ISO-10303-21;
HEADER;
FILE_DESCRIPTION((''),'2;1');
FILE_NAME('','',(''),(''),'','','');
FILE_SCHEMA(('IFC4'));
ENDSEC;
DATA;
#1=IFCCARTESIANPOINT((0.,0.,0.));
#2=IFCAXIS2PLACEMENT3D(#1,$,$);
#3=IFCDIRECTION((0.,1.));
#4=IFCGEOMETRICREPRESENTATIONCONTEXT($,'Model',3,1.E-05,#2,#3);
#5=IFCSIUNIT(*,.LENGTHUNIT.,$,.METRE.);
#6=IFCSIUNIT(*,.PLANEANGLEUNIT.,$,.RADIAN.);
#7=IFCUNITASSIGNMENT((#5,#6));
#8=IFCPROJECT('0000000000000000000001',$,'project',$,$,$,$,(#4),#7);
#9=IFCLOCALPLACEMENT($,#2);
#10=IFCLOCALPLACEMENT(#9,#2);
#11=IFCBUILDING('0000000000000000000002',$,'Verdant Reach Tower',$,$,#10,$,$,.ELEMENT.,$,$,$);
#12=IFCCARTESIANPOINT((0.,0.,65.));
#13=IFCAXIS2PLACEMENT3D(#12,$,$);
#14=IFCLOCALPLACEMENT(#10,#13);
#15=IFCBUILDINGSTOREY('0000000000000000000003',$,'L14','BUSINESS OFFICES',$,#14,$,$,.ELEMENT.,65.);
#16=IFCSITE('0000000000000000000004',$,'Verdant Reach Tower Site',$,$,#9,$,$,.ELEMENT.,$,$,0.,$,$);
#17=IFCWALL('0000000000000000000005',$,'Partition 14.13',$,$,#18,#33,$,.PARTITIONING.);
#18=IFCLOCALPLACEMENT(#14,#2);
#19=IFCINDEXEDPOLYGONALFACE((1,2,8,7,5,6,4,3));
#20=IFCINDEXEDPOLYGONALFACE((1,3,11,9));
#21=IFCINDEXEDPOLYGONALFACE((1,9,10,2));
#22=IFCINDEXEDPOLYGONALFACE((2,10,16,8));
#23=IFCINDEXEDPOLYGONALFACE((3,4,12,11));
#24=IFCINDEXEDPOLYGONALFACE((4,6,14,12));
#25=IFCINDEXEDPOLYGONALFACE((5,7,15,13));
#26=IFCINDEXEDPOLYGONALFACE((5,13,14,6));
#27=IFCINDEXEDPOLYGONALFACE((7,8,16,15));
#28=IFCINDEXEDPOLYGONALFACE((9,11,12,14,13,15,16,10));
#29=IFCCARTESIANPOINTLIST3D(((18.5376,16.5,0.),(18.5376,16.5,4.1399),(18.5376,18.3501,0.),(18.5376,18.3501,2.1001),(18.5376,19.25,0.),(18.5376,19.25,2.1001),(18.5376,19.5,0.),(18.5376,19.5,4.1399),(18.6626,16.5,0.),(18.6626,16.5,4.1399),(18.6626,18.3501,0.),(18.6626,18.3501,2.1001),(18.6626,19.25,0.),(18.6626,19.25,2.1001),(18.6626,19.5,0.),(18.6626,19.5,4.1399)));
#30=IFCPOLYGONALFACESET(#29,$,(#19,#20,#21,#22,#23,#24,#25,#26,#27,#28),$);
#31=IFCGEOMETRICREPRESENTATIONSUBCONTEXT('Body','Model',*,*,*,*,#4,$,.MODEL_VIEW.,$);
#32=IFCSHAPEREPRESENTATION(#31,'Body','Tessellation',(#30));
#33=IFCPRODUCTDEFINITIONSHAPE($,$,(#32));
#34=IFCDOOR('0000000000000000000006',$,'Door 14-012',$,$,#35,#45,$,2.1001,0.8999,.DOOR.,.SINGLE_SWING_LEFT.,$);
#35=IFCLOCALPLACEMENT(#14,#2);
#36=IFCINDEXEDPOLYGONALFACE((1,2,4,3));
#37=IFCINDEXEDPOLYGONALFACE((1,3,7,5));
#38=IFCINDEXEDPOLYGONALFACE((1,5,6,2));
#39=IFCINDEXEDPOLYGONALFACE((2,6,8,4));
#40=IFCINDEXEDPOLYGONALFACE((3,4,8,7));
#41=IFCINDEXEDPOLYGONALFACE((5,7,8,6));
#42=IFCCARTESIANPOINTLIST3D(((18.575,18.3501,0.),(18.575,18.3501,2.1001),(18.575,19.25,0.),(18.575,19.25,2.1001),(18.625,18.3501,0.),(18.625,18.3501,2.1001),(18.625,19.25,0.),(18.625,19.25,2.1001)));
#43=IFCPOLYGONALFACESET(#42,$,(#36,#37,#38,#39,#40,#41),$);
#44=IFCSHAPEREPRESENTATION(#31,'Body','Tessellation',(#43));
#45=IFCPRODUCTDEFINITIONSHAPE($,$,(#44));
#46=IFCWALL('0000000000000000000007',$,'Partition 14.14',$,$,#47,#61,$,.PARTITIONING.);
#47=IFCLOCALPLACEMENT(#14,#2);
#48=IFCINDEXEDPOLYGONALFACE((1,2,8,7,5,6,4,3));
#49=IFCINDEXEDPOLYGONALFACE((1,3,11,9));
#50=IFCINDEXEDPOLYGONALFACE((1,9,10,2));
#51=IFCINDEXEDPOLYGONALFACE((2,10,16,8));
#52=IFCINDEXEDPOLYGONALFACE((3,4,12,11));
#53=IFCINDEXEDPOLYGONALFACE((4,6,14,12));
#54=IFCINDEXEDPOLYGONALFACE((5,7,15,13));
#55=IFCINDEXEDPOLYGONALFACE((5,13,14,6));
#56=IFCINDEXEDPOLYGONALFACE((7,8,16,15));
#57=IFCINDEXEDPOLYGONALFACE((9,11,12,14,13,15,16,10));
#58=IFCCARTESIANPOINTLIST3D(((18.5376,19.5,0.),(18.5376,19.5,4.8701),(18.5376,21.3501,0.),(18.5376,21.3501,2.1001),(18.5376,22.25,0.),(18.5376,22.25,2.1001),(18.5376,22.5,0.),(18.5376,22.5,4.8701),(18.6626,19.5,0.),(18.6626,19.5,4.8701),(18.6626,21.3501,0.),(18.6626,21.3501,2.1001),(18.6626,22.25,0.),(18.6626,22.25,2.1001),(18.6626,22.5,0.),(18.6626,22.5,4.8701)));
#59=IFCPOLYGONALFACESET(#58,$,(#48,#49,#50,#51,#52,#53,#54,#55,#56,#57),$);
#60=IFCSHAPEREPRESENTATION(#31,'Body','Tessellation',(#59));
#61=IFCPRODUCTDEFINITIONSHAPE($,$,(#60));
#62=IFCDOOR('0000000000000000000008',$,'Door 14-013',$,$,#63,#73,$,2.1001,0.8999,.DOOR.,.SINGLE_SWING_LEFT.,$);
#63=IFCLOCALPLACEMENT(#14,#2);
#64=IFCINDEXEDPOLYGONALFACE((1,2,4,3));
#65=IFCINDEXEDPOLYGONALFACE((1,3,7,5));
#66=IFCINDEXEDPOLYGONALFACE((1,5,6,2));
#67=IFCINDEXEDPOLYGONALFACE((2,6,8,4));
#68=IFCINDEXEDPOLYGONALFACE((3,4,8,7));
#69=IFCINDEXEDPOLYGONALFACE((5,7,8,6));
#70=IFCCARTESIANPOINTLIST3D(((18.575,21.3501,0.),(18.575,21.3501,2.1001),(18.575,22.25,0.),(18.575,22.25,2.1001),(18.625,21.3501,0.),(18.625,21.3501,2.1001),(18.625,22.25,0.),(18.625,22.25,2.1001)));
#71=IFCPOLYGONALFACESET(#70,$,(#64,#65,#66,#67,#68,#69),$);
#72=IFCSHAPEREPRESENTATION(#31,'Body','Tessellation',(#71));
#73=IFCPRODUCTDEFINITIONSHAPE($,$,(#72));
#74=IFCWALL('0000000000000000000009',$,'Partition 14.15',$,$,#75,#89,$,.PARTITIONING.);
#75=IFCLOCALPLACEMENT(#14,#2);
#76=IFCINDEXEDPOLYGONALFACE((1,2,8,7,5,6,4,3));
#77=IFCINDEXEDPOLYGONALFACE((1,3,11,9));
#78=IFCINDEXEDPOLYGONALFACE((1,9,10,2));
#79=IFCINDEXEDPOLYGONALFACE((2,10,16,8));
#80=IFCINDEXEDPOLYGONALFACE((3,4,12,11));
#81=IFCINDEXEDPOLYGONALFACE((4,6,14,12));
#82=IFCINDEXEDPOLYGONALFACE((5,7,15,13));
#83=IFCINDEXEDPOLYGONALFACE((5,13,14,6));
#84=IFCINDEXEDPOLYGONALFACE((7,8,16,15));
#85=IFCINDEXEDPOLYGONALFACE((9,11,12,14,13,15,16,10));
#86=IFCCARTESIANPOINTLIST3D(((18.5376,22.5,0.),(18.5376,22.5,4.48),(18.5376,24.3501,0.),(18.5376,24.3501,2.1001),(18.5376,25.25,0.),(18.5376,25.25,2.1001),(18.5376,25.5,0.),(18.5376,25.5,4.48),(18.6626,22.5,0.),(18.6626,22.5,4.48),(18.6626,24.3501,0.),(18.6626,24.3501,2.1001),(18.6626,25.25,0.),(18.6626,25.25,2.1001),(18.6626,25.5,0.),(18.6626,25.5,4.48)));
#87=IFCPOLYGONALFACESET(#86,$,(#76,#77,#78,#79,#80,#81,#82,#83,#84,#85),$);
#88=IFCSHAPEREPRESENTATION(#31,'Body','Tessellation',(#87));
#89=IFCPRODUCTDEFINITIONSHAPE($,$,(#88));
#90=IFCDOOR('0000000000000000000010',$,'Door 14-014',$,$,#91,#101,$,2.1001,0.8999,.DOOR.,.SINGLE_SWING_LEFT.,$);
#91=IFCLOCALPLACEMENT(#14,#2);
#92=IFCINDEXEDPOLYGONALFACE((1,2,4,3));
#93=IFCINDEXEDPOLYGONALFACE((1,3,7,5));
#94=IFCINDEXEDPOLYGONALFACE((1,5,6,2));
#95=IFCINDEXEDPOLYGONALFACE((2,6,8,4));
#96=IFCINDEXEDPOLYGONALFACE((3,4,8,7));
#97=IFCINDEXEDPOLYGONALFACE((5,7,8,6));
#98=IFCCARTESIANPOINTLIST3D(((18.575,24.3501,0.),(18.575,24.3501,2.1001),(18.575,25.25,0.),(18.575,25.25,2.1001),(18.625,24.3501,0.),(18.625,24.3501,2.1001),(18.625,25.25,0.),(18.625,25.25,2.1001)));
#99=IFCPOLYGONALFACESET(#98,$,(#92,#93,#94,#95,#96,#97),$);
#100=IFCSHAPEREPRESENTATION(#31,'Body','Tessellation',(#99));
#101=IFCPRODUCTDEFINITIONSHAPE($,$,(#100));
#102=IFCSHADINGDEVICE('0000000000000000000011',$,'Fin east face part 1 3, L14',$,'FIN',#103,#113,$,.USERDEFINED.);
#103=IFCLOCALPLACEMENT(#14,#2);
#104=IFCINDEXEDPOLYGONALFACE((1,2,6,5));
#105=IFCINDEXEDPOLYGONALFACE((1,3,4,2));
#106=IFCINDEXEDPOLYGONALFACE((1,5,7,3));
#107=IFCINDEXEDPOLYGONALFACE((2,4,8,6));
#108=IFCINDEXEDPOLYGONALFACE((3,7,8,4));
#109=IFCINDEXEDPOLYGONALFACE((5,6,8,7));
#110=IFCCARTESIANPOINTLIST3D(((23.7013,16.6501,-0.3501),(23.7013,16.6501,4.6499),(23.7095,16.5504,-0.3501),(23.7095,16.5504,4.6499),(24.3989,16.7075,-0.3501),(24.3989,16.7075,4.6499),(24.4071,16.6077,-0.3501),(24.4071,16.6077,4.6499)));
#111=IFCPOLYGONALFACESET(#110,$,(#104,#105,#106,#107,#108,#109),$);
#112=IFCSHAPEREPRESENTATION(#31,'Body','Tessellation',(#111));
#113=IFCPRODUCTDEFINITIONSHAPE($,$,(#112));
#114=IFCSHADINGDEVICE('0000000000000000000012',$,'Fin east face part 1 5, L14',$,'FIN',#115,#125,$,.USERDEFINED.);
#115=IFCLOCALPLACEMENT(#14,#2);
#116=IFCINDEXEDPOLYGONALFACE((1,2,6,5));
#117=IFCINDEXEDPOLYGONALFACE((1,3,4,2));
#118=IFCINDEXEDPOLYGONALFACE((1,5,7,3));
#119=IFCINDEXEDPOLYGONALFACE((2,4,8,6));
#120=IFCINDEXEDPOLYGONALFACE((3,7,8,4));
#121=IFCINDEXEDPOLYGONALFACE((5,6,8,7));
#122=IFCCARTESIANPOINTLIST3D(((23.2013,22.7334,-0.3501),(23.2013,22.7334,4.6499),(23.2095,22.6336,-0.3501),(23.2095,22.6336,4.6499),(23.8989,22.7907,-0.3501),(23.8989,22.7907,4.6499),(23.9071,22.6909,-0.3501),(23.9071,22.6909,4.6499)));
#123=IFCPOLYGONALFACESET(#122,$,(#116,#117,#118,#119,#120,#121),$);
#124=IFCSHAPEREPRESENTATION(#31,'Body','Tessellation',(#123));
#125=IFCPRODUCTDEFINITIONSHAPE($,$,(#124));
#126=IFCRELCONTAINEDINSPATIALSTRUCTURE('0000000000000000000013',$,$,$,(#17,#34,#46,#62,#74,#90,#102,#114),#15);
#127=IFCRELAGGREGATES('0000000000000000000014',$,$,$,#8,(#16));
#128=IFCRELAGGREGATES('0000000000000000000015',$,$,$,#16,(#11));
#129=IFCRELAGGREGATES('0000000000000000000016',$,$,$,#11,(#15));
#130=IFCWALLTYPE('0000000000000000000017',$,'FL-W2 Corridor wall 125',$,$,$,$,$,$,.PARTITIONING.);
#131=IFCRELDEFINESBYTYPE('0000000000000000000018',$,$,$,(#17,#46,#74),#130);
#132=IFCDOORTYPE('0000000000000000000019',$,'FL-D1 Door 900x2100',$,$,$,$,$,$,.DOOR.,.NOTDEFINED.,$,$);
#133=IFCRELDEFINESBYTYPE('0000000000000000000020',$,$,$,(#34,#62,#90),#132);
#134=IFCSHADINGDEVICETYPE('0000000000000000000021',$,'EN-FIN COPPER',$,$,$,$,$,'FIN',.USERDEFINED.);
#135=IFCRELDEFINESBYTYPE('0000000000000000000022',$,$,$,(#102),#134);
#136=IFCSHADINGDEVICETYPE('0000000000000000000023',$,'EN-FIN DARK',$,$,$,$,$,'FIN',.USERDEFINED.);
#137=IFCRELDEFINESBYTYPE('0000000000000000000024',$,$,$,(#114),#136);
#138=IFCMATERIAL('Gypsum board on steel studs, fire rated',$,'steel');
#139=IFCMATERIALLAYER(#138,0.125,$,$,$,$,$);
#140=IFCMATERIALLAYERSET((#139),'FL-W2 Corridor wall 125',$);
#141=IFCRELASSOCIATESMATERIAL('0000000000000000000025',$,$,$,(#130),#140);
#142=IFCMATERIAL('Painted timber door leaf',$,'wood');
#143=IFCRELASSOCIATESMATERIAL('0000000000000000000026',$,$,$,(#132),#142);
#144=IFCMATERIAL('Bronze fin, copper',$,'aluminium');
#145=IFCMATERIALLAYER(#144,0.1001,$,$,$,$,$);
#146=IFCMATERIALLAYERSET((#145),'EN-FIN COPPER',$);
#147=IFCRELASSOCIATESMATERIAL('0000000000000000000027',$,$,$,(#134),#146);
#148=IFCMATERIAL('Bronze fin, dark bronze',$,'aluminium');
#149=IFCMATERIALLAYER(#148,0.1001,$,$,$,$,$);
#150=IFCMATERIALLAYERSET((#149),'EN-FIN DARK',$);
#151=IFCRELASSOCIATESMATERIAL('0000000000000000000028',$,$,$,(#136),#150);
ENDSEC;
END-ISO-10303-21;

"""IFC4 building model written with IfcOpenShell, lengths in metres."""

from ifc_helpers import new_model, si_unit, direction, frame, frame_2d, origin, origin_2d, place, context, subcontext, project, spatial, rectangle, extrude, material, layer, layer_set, type_object, element, fill, save


model = new_model("IFC4")

# Units and contexts
model_context = context("Model", 3, precision=1e-05, world=origin(), true_north=direction((0.0, 1.0)))
body_context = subcontext(model_context, "Body", "Model", "MODEL_VIEW")
ifc_project = project(units=[si_unit("LENGTHUNIT", "METRE"), si_unit("PLANEANGLEUNIT", "RADIAN")], contexts=[model_context])

# Site, building, storey
site_placement = place(None, origin())
site = spatial("IfcSite", under=ifc_project, at=site_placement, Name="Verdant Reach Tower Site", CompositionType="ELEMENT", RefElevation=0.0)
building_placement = place(site_placement, origin())
building = spatial("IfcBuilding", under=site, at=building_placement, Name="Verdant Reach Tower", CompositionType="ELEMENT")
storey_placement = place(building_placement, frame((0.0, 0.0, 65.0)))
storey = spatial("IfcBuildingStorey", under=building, at=storey_placement, Name="L14", Description="BUSINESS OFFICES", CompositionType="ELEMENT", Elevation=65.0)

# Walls, openings, doors
ifc_material_1 = material(Name="Gypsum board on steel studs, fire rated", Category="steel")
ifc_layer_1 = layer(ifc_material_1, 0.125)
ifc_layer_set_1 = layer_set([ifc_layer_1], Name="FL-W2 Corridor wall 125")
wall_type_1 = type_object("IfcWallType", Name="FL-W2 Corridor wall 125", PredefinedType="PARTITIONING", material=ifc_layer_set_1)
wall_1_placement = place(storey_placement, frame((18.6001, 19.5, 0.0), z_axis=(0.0, 0.0, 1.0), x_axis=(0.0, -1.0, 0.0)))
wall_1 = element("IfcWall", 1, at=wall_1_placement, inside=storey, type_object=wall_type_1, Name="Partition 14.13", PredefinedType="PARTITIONING", context=body_context, shape_type="SweptSolid", body=[
    extrude(rectangle(XDim=3.0, YDim=0.125, at=frame_2d((1.5, 0.0))), origin(), (0.0, 0.0, 1.0), 4.1399),
])
opening_1_placement = place(wall_1_placement, frame((0.25, 0.0, 0.0)))
opening_1 = element("IfcOpeningElement", 2, at=opening_1_placement, cuts=wall_1, PredefinedType="OPENING", context=body_context, shape_type="SweptSolid", body=[
    extrude(rectangle(XDim=0.8999, YDim=2.1001, at=frame_2d((0.45, 1.05))), frame((0.0, 0.0725, 0.0), z_axis=(0.0, -1.0, 0.0), x_axis=(1.0, 0.0, 0.0)), (0.0, 0.0, 1.0), 0.145),
])
ifc_material_2 = material(Name="Painted timber door leaf", Category="wood")
door_type_1 = type_object("IfcDoorType", Name="FL-D1 Door 900x2100", OperationType="NOTDEFINED", PredefinedType="DOOR", material=ifc_material_2)
door_1_placement = place(opening_1_placement, origin())
door_1 = element("IfcDoor", 3, at=door_1_placement, inside=storey, type_object=door_type_1, Name="Door 14-012", OperationType="SINGLE_SWING_LEFT", OverallHeight=2.1001, OverallWidth=0.8999, PredefinedType="DOOR", context=body_context, shape_type="SweptSolid", body=[
    extrude(rectangle(XDim=0.8999, YDim=2.1001, at=frame_2d((0.45, 1.05))), frame((0.0, 0.0249, 0.0), z_axis=(0.0, -1.0, 0.0), x_axis=(1.0, 0.0, 0.0)), (0.0, 0.0, 1.0), 0.05),
])
fill(opening_1, door_1)
wall_2_placement = place(storey_placement, frame((18.6001, 22.5, 0.0), z_axis=(0.0, 0.0, 1.0), x_axis=(0.0, -1.0, 0.0)))
wall_2 = element("IfcWall", 4, at=wall_2_placement, inside=storey, type_object=wall_type_1, Name="Partition 14.14", PredefinedType="PARTITIONING", context=body_context, shape_type="SweptSolid", body=[
    extrude(rectangle(XDim=3.0, YDim=0.125, at=frame_2d((1.5, 0.0))), origin(), (0.0, 0.0, 1.0), 4.8701),
])
opening_2_placement = place(wall_2_placement, frame((0.25, 0.0, 0.0)))
opening_2 = element("IfcOpeningElement", 5, at=opening_2_placement, cuts=wall_2, PredefinedType="OPENING", context=body_context, shape_type="SweptSolid", body=[
    extrude(rectangle(XDim=0.8999, YDim=2.1001, at=frame_2d((0.45, 1.05))), frame((0.0, 0.0725, 0.0), z_axis=(0.0, -1.0, 0.0), x_axis=(1.0, 0.0, 0.0)), (0.0, 0.0, 1.0), 0.145),
])
door_2_placement = place(opening_2_placement, origin())
door_2 = element("IfcDoor", 6, at=door_2_placement, inside=storey, type_object=door_type_1, Name="Door 14-013", OperationType="SINGLE_SWING_LEFT", OverallHeight=2.1001, OverallWidth=0.8999, PredefinedType="DOOR", context=body_context, shape_type="SweptSolid", body=[
    extrude(rectangle(XDim=0.8999, YDim=2.1001, at=frame_2d((0.45, 1.05))), frame((0.0, 0.0249, 0.0), z_axis=(0.0, -1.0, 0.0), x_axis=(1.0, 0.0, 0.0)), (0.0, 0.0, 1.0), 0.05),
])
fill(opening_2, door_2)
wall_3_placement = place(storey_placement, frame((18.6001, 25.5, 0.0), z_axis=(0.0, 0.0, 1.0), x_axis=(0.0, -1.0, 0.0)))
wall_3 = element("IfcWall", 7, at=wall_3_placement, inside=storey, type_object=wall_type_1, Name="Partition 14.15", PredefinedType="PARTITIONING", context=body_context, shape_type="SweptSolid", body=[
    extrude(rectangle(XDim=3.0, YDim=0.125, at=frame_2d((1.5, 0.0))), origin(), (0.0, 0.0, 1.0), 4.48),
])
opening_3_placement = place(wall_3_placement, frame((0.25, 0.0, 0.0)))
opening_3 = element("IfcOpeningElement", 8, at=opening_3_placement, cuts=wall_3, PredefinedType="OPENING", context=body_context, shape_type="SweptSolid", body=[
    extrude(rectangle(XDim=0.8999, YDim=2.1001, at=frame_2d((0.45, 1.05))), frame((0.0, 0.0725, 0.0), z_axis=(0.0, -1.0, 0.0), x_axis=(1.0, 0.0, 0.0)), (0.0, 0.0, 1.0), 0.145),
])
door_3_placement = place(opening_3_placement, origin())
door_3 = element("IfcDoor", 9, at=door_3_placement, inside=storey, type_object=door_type_1, Name="Door 14-014", OperationType="SINGLE_SWING_LEFT", OverallHeight=2.1001, OverallWidth=0.8999, PredefinedType="DOOR", context=body_context, shape_type="SweptSolid", body=[
    extrude(rectangle(XDim=0.8999, YDim=2.1001, at=frame_2d((0.45, 1.05))), frame((0.0, 0.0249, 0.0), z_axis=(0.0, -1.0, 0.0), x_axis=(1.0, 0.0, 0.0)), (0.0, 0.0, 1.0), 0.05),
])
fill(opening_3, door_3)

# Shading devices
ifc_material_3 = material(Name="Bronze fin, copper", Category="aluminium")
ifc_layer_2 = layer(ifc_material_3, 0.1001)
ifc_layer_set_2 = layer_set([ifc_layer_2], Name="EN-FIN COPPER")
shading_device_type_1 = type_object("IfcShadingDeviceType", Name="EN-FIN COPPER", ElementType="FIN", PredefinedType="USERDEFINED", material=ifc_layer_set_2)
shading_device_1_placement = place(storey_placement, frame((24.0542, 16.6289, -0.3501), z_axis=(0.0, 0.0, 1.0), x_axis=(-0.081916, 0.996639, 0.0)))
element("IfcShadingDevice", 10, at=shading_device_1_placement, inside=storey, type_object=shading_device_type_1, Name="Fin east face part 1 3, L14", ObjectType="FIN", PredefinedType="USERDEFINED", context=body_context, shape_type="SweptSolid", body=[
    extrude(rectangle(XDim=0.1001, YDim=0.7, at=origin_2d()), origin(), (0.0, 0.0, 1.0), 5.0),
])
ifc_material_4 = material(Name="Bronze fin, dark bronze", Category="aluminium")
ifc_layer_3 = layer(ifc_material_4, 0.1001)
ifc_layer_set_3 = layer_set([ifc_layer_3], Name="EN-FIN DARK")
shading_device_type_2 = type_object("IfcShadingDeviceType", Name="EN-FIN DARK", ElementType="FIN", PredefinedType="USERDEFINED", material=ifc_layer_set_3)
shading_device_2_placement = place(storey_placement, frame((23.5542, 22.7122, -0.3501), z_axis=(0.0, 0.0, 1.0), x_axis=(-0.081916, 0.996639, 0.0)))
element("IfcShadingDevice", 11, at=shading_device_2_placement, inside=storey, type_object=shading_device_type_2, Name="Fin east face part 1 5, L14", ObjectType="FIN", PredefinedType="USERDEFINED", context=body_context, shape_type="SweptSolid", body=[
    extrude(rectangle(XDim=0.1001, YDim=0.7, at=origin_2d()), origin(), (0.0, 0.0, 1.0), 5.0),
])

save(model, "model.ifc")
